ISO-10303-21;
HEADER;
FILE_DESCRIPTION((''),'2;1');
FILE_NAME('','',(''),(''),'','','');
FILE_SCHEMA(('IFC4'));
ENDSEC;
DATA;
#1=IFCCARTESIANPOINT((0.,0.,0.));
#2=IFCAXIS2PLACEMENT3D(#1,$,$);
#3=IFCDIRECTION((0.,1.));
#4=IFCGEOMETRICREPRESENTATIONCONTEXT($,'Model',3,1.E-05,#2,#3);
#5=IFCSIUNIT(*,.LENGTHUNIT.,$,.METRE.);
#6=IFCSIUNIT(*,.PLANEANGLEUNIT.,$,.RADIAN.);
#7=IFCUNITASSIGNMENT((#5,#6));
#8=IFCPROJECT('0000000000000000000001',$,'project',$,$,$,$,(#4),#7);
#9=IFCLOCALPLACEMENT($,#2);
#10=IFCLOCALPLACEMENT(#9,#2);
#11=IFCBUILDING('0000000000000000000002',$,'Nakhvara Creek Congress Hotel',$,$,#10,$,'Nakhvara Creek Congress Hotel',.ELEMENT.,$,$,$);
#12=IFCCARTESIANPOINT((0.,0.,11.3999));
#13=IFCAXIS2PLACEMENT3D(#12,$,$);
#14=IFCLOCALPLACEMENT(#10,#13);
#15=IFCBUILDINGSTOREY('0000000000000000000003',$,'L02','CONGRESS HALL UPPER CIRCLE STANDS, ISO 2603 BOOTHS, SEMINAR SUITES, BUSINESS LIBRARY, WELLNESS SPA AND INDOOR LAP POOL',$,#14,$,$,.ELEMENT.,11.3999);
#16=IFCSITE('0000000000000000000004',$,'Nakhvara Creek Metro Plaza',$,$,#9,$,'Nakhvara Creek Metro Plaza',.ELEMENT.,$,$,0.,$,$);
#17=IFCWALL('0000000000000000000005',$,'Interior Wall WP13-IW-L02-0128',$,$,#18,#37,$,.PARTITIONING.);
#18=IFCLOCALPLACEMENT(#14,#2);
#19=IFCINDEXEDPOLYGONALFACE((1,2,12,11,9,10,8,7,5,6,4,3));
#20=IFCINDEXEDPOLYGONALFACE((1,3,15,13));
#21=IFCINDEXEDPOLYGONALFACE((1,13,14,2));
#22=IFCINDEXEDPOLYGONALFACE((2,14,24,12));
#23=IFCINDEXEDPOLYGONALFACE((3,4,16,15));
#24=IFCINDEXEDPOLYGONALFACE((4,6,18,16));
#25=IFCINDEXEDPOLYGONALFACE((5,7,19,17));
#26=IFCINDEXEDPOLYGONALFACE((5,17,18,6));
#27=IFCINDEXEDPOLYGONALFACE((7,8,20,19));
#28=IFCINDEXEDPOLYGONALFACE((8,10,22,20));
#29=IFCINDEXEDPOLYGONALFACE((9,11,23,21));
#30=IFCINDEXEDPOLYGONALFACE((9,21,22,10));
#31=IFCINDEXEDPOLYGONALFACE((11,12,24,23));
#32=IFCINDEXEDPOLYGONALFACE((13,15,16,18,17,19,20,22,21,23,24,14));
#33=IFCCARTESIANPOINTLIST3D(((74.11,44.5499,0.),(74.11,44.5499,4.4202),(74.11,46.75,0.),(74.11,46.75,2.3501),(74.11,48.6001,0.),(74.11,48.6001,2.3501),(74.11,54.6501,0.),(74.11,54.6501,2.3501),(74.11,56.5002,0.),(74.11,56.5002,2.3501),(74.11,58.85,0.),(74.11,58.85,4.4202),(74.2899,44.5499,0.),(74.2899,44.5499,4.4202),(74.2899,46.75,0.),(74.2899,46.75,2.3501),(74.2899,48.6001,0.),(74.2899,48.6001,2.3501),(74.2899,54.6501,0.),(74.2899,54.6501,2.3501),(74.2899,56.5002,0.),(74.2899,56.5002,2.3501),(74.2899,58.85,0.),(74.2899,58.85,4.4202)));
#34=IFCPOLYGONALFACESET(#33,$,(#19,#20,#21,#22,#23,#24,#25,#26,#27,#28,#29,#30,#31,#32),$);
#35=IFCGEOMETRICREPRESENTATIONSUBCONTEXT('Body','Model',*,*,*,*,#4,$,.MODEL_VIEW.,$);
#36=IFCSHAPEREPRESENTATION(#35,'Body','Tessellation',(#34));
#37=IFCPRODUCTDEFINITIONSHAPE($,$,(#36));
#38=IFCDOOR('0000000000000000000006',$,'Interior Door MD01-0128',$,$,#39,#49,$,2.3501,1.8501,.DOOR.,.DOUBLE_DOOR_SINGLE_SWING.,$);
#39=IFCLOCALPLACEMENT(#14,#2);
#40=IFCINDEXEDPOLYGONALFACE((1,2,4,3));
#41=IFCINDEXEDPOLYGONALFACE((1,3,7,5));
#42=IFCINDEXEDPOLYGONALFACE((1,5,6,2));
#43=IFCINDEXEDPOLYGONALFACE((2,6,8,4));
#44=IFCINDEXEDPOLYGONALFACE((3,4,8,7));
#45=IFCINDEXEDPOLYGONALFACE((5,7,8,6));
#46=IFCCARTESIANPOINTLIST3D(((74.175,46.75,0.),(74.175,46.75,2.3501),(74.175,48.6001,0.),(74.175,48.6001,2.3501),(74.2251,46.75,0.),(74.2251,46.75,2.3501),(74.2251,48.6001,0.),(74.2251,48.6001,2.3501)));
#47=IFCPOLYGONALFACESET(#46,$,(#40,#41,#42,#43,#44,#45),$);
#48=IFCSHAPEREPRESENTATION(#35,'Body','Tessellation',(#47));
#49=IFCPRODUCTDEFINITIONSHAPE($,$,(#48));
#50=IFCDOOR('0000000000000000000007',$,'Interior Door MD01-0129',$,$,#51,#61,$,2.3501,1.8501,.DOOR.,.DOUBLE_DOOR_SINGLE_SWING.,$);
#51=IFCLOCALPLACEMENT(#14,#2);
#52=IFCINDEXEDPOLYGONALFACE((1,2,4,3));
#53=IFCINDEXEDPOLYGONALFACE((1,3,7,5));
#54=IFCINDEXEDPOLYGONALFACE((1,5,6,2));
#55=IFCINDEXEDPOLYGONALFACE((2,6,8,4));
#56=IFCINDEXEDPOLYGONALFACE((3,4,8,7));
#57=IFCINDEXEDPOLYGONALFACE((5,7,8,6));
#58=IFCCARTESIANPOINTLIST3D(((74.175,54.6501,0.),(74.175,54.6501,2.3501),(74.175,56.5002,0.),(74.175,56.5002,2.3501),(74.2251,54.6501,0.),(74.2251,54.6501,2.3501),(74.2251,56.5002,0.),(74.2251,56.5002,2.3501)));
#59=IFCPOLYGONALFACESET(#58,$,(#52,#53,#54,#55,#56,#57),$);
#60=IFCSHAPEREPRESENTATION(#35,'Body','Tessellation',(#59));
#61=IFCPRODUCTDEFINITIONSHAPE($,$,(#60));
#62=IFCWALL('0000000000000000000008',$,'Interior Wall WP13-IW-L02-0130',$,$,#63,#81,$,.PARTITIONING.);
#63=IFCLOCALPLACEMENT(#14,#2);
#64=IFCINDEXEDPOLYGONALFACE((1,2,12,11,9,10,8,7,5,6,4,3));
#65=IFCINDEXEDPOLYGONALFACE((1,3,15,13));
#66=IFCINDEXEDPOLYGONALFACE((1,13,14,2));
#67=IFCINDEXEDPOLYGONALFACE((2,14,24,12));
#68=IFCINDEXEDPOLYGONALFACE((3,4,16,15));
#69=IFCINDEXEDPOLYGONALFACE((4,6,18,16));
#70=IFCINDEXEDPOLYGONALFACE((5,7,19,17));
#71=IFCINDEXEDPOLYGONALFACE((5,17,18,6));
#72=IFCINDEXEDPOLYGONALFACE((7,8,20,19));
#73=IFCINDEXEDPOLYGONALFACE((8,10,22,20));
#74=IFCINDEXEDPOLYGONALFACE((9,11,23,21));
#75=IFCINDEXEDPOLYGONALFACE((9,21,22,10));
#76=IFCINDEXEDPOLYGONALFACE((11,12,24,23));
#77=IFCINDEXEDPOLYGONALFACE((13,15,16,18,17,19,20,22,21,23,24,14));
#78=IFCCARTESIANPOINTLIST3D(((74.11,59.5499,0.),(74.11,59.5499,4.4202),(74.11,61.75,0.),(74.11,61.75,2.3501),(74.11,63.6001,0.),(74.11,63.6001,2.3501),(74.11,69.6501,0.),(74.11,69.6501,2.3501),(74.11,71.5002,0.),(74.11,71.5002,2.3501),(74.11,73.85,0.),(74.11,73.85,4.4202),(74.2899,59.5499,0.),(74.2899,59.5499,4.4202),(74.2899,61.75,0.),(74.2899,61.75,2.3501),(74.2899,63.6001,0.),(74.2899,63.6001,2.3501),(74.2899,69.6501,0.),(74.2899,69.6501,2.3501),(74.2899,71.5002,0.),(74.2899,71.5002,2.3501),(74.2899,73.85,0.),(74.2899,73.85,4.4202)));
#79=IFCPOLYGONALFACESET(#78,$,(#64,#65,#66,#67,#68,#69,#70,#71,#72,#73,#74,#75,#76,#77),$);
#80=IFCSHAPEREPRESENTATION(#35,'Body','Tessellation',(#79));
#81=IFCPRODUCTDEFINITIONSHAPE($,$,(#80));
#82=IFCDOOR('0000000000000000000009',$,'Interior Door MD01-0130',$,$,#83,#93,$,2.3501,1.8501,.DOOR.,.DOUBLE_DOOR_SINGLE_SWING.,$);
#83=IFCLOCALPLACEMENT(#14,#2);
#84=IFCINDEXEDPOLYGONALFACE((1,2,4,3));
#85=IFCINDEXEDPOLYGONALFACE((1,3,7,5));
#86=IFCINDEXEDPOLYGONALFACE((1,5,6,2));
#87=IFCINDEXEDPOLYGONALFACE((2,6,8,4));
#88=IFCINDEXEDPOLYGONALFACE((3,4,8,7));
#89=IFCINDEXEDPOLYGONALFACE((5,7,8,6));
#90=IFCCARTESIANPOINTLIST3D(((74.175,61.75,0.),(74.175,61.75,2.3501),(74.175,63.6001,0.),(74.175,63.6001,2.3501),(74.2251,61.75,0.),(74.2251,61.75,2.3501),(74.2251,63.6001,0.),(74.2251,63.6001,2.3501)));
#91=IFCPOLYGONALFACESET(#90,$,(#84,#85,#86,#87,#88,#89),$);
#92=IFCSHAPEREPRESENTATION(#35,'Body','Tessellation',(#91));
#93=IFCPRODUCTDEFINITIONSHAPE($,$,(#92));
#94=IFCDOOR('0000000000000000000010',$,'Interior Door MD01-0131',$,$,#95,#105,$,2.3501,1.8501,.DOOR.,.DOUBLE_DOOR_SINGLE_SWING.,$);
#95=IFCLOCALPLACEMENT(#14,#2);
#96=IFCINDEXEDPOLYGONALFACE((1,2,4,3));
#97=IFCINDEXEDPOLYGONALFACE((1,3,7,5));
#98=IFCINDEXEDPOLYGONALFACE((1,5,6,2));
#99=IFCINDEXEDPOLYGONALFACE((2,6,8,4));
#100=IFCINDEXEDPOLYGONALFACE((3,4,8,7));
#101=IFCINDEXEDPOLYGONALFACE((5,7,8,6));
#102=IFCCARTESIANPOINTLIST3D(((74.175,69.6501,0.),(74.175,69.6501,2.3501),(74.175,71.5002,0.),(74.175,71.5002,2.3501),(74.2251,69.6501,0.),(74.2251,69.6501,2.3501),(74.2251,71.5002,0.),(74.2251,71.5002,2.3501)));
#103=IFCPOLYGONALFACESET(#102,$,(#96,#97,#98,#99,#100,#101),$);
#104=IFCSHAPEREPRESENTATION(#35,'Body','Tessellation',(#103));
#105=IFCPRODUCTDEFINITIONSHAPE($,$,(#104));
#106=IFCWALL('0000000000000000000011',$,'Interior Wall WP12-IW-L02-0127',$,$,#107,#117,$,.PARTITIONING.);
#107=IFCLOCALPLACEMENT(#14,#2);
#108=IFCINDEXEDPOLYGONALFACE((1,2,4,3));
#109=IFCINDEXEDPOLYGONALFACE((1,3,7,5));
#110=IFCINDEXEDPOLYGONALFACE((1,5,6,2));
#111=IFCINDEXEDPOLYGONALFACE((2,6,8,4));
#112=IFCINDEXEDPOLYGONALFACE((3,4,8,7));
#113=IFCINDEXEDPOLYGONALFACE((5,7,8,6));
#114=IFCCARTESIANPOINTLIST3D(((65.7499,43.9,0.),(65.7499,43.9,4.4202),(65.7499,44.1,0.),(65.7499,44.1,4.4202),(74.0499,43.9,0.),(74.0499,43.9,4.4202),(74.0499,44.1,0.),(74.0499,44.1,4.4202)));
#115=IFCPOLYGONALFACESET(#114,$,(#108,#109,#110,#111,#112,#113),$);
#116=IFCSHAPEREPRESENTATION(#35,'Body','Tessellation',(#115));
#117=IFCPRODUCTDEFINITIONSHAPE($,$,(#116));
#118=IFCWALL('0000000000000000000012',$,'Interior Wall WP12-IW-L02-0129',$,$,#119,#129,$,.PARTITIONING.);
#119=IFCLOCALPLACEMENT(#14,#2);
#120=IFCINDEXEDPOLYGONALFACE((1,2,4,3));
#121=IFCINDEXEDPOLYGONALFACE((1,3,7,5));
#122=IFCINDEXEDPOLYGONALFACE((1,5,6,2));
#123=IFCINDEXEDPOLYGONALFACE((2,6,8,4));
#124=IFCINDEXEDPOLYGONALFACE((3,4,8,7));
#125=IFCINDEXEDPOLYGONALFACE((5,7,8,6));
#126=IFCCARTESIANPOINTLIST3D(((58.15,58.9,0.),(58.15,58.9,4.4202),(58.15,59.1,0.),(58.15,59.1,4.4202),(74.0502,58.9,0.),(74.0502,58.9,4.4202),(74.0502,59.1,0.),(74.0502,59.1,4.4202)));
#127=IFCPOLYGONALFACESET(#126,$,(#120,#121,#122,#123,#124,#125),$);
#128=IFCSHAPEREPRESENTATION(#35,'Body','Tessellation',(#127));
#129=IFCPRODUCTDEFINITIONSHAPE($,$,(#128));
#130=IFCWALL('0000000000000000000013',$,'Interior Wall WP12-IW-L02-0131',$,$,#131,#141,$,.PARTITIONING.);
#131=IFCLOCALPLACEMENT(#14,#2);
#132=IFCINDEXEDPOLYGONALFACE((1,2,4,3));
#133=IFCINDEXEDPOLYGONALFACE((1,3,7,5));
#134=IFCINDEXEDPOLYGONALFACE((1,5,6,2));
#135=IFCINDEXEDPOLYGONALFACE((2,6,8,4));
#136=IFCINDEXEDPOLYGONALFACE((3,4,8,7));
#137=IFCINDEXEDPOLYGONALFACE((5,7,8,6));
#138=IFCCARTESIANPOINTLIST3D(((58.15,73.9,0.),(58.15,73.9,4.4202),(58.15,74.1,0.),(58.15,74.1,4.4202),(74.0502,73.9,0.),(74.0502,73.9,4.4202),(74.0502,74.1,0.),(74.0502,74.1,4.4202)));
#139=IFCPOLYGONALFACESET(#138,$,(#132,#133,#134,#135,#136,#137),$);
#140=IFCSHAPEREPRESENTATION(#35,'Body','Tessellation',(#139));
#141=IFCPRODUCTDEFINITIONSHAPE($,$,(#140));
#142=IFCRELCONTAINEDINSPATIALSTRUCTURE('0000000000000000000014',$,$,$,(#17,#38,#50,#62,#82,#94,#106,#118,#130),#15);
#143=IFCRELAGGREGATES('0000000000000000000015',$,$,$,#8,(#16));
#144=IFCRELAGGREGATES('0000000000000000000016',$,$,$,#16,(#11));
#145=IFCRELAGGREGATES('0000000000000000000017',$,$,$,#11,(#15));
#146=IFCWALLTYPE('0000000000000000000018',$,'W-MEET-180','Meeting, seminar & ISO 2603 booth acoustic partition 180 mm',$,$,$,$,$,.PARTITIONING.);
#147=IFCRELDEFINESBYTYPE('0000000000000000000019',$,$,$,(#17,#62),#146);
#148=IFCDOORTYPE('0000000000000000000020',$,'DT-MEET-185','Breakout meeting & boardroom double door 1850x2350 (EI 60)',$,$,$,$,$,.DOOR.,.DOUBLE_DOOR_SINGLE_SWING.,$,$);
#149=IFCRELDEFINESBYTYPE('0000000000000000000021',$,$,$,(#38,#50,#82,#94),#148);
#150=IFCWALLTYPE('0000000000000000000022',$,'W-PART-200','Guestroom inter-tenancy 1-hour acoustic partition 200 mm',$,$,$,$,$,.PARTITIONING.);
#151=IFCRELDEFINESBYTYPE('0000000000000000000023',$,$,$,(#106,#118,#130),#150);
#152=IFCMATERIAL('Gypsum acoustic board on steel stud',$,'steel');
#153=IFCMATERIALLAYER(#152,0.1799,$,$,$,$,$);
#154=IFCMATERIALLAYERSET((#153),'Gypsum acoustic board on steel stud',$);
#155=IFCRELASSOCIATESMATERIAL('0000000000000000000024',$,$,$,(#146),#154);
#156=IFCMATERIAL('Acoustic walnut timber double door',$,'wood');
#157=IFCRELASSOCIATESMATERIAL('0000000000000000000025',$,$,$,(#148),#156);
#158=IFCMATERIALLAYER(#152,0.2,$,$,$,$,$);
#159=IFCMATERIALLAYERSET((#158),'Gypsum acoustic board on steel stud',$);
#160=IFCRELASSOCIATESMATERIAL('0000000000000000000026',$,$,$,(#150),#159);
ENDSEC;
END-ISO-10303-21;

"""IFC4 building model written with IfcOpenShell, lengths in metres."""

from ifc_helpers import new_model, si_unit, direction, frame, frame_2d, origin, place, context, subcontext, project, spatial, rectangle, extrude, material, layer, layer_set, type_object, element, fill, save


model = new_model("IFC4")

# Units and contexts
model_context = context("Model", 3, precision=1e-05, world=origin(), true_north=direction((0.0, 1.0)))
body_context = subcontext(model_context, "Body", "Model", "MODEL_VIEW")
ifc_project = project(units=[si_unit("LENGTHUNIT", "METRE"), si_unit("PLANEANGLEUNIT", "RADIAN")], contexts=[model_context])

# Site, building, storey
site_placement = place(None, origin())
site = spatial("IfcSite", under=ifc_project, at=site_placement, Name="Nakhvara Creek Metro Plaza", LongName="Nakhvara Creek Metro Plaza", CompositionType="ELEMENT", RefElevation=0.0)
building_placement = place(site_placement, origin())
building = spatial("IfcBuilding", under=site, at=building_placement, Name="Nakhvara Creek Congress Hotel", LongName="Nakhvara Creek Congress Hotel", CompositionType="ELEMENT")
storey_placement = place(building_placement, frame((0.0, 0.0, 11.3999)))
storey = spatial("IfcBuildingStorey", under=building, at=storey_placement, Name="L02", Description="CONGRESS HALL UPPER CIRCLE STANDS, ISO 2603 BOOTHS, SEMINAR SUITES, BUSINESS LIBRARY, WELLNESS SPA AND INDOOR LAP POOL", CompositionType="ELEMENT", Elevation=11.3999)

# Walls, openings, doors
ifc_material_1 = material(Name="Gypsum acoustic board on steel stud", Category="steel")
ifc_layer_1 = layer(ifc_material_1, 0.1799)
ifc_layer_set_1 = layer_set([ifc_layer_1], Name="Gypsum acoustic board on steel stud")
wall_type_1 = type_object("IfcWallType", Name="W-MEET-180", Description="Meeting, seminar & ISO 2603 booth acoustic partition 180 mm", PredefinedType="PARTITIONING", material=ifc_layer_set_1)
wall_1_placement = place(storey_placement, frame((74.2, 44.55, 0.0), z_axis=(0.0, 0.0, 1.0), x_axis=(0.0, 1.0, 0.0)))
wall_1 = element("IfcWall", 1, at=wall_1_placement, inside=storey, type_object=wall_type_1, Name="Interior Wall WP13-IW-L02-0128", PredefinedType="PARTITIONING", context=body_context, shape_type="SweptSolid", body=[
    extrude(rectangle(XDim=14.3, YDim=0.1799, at=frame_2d((7.1499, 0.0))), origin(), (0.0, 0.0, 1.0), 4.4202),
])
opening_1_placement = place(wall_1_placement, frame((2.2, 0.0, 0.0)))
opening_1 = element("IfcOpeningElement", 2, at=opening_1_placement, cuts=wall_1, PredefinedType="OPENING", context=body_context, shape_type="SweptSolid", body=[
    extrude(rectangle(XDim=1.8501, YDim=2.3501, at=frame_2d((0.925, 1.175))), frame((0.0, 0.1021, 0.0), z_axis=(0.0, -1.0, 0.0), x_axis=(1.0, 0.0, 0.0)), (0.0, 0.0, 1.0), 0.2039),
])
opening_2_placement = place(wall_1_placement, frame((10.1001, 0.0, 0.0)))
opening_2 = element("IfcOpeningElement", 3, at=opening_2_placement, cuts=wall_1, PredefinedType="OPENING", context=body_context, shape_type="SweptSolid", body=[
    extrude(rectangle(XDim=1.8501, YDim=2.3501, at=frame_2d((0.925, 1.175))), frame((0.0, 0.1021, 0.0), z_axis=(0.0, -1.0, 0.0), x_axis=(1.0, 0.0, 0.0)), (0.0, 0.0, 1.0), 0.2039),
])
ifc_material_2 = material(Name="Acoustic walnut timber double door", Category="wood")
door_type = type_object("IfcDoorType", Name="DT-MEET-185", Description="Breakout meeting & boardroom double door 1850x2350 (EI 60)", OperationType="DOUBLE_DOOR_SINGLE_SWING", PredefinedType="DOOR", material=ifc_material_2)
door_1_placement = place(opening_1_placement, origin())
door_1 = element("IfcDoor", 4, at=door_1_placement, inside=storey, type_object=door_type, Name="Interior Door MD01-0128", OperationType="DOUBLE_DOOR_SINGLE_SWING", OverallHeight=2.3501, OverallWidth=1.8501, PredefinedType="DOOR", context=body_context, shape_type="SweptSolid", body=[
    extrude(rectangle(XDim=1.8501, YDim=2.3501, at=frame_2d((0.925, 1.175))), frame((0.0, 0.0249, 0.0), z_axis=(0.0, -1.0, 0.0), x_axis=(1.0, 0.0, 0.0)), (0.0, 0.0, 1.0), 0.05),
])
fill(opening_1, door_1)
door_2_placement = place(opening_2_placement, origin())
door_2 = element("IfcDoor", 5, at=door_2_placement, inside=storey, type_object=door_type, Name="Interior Door MD01-0129", OperationType="DOUBLE_DOOR_SINGLE_SWING", OverallHeight=2.3501, OverallWidth=1.8501, PredefinedType="DOOR", context=body_context, shape_type="SweptSolid", body=[
    extrude(rectangle(XDim=1.8501, YDim=2.3501, at=frame_2d((0.925, 1.175))), frame((0.0, 0.0249, 0.0), z_axis=(0.0, -1.0, 0.0), x_axis=(1.0, 0.0, 0.0)), (0.0, 0.0, 1.0), 0.05),
])
fill(opening_2, door_2)
wall_2_placement = place(storey_placement, frame((74.2, 59.55, 0.0), z_axis=(0.0, 0.0, 1.0), x_axis=(0.0, 1.0, 0.0)))
wall_2 = element("IfcWall", 6, at=wall_2_placement, inside=storey, type_object=wall_type_1, Name="Interior Wall WP13-IW-L02-0130", PredefinedType="PARTITIONING", context=body_context, shape_type="SweptSolid", body=[
    extrude(rectangle(XDim=14.3, YDim=0.1799, at=frame_2d((7.1499, 0.0))), origin(), (0.0, 0.0, 1.0), 4.4202),
])
opening_3_placement = place(wall_2_placement, frame((2.2, 0.0, 0.0)))
opening_3 = element("IfcOpeningElement", 7, at=opening_3_placement, cuts=wall_2, PredefinedType="OPENING", context=body_context, shape_type="SweptSolid", body=[
    extrude(rectangle(XDim=1.8501, YDim=2.3501, at=frame_2d((0.925, 1.175))), frame((0.0, 0.1021, 0.0), z_axis=(0.0, -1.0, 0.0), x_axis=(1.0, 0.0, 0.0)), (0.0, 0.0, 1.0), 0.2039),
])
opening_4_placement = place(wall_2_placement, frame((10.1001, 0.0, 0.0)))
opening_4 = element("IfcOpeningElement", 8, at=opening_4_placement, cuts=wall_2, PredefinedType="OPENING", context=body_context, shape_type="SweptSolid", body=[
    extrude(rectangle(XDim=1.8501, YDim=2.3501, at=frame_2d((0.925, 1.175))), frame((0.0, 0.1021, 0.0), z_axis=(0.0, -1.0, 0.0), x_axis=(1.0, 0.0, 0.0)), (0.0, 0.0, 1.0), 0.2039),
])
door_3_placement = place(opening_3_placement, origin())
door_3 = element("IfcDoor", 9, at=door_3_placement, inside=storey, type_object=door_type, Name="Interior Door MD01-0130", OperationType="DOUBLE_DOOR_SINGLE_SWING", OverallHeight=2.3501, OverallWidth=1.8501, PredefinedType="DOOR", context=body_context, shape_type="SweptSolid", body=[
    extrude(rectangle(XDim=1.8501, YDim=2.3501, at=frame_2d((0.925, 1.175))), frame((0.0, 0.0249, 0.0), z_axis=(0.0, -1.0, 0.0), x_axis=(1.0, 0.0, 0.0)), (0.0, 0.0, 1.0), 0.05),
])
fill(opening_3, door_3)
door_4_placement = place(opening_4_placement, origin())
door_4 = element("IfcDoor", 10, at=door_4_placement, inside=storey, type_object=door_type, Name="Interior Door MD01-0131", OperationType="DOUBLE_DOOR_SINGLE_SWING", OverallHeight=2.3501, OverallWidth=1.8501, PredefinedType="DOOR", context=body_context, shape_type="SweptSolid", body=[
    extrude(rectangle(XDim=1.8501, YDim=2.3501, at=frame_2d((0.925, 1.175))), frame((0.0, 0.0249, 0.0), z_axis=(0.0, -1.0, 0.0), x_axis=(1.0, 0.0, 0.0)), (0.0, 0.0, 1.0), 0.05),
])
fill(opening_4, door_4)

# Walls
ifc_layer_2 = layer(ifc_material_1, 0.2)
ifc_layer_set_2 = layer_set([ifc_layer_2], Name="Gypsum acoustic board on steel stud")
wall_type_2 = type_object("IfcWallType", Name="W-PART-200", Description="Guestroom inter-tenancy 1-hour acoustic partition 200 mm", PredefinedType="PARTITIONING", material=ifc_layer_set_2)
wall_3_placement = place(storey_placement, frame((65.75, 44.0, 0.0), z_axis=(0.0, 0.0, 1.0), x_axis=(1.0, 0.0, 0.0)))
element("IfcWall", 11, at=wall_3_placement, inside=storey, type_object=wall_type_2, Name="Interior Wall WP12-IW-L02-0127", PredefinedType="PARTITIONING", context=body_context, shape_type="SweptSolid", body=[
    extrude(rectangle(XDim=8.3, YDim=0.2, at=frame_2d((4.1499, 0.0))), origin(), (0.0, 0.0, 1.0), 4.4202),
])
for number, where, z_axis, x_axis, name in (
    (12, (58.1499, 59.0, 0.0), (0.0, 0.0, 1.0), (1.0, 0.0, 0.0), "Interior Wall WP12-IW-L02-0129"),
    (13, (58.1499, 74.0, 0.0), (0.0, 0.0, 1.0), (1.0, 0.0, 0.0), "Interior Wall WP12-IW-L02-0131"),
):
    element("IfcWall", number, at=place(storey_placement, frame(where, z_axis=z_axis, x_axis=x_axis)), inside=storey, type_object=wall_type_2, Name=name, PredefinedType="PARTITIONING", context=body_context, shape_type="SweptSolid", body=[
        extrude(rectangle(XDim=15.9001, YDim=0.2, at=frame_2d((7.9502, 0.0))), origin(), (0.0, 0.0, 1.0), 4.4202),
    ])

save(model, "model.ifc")
